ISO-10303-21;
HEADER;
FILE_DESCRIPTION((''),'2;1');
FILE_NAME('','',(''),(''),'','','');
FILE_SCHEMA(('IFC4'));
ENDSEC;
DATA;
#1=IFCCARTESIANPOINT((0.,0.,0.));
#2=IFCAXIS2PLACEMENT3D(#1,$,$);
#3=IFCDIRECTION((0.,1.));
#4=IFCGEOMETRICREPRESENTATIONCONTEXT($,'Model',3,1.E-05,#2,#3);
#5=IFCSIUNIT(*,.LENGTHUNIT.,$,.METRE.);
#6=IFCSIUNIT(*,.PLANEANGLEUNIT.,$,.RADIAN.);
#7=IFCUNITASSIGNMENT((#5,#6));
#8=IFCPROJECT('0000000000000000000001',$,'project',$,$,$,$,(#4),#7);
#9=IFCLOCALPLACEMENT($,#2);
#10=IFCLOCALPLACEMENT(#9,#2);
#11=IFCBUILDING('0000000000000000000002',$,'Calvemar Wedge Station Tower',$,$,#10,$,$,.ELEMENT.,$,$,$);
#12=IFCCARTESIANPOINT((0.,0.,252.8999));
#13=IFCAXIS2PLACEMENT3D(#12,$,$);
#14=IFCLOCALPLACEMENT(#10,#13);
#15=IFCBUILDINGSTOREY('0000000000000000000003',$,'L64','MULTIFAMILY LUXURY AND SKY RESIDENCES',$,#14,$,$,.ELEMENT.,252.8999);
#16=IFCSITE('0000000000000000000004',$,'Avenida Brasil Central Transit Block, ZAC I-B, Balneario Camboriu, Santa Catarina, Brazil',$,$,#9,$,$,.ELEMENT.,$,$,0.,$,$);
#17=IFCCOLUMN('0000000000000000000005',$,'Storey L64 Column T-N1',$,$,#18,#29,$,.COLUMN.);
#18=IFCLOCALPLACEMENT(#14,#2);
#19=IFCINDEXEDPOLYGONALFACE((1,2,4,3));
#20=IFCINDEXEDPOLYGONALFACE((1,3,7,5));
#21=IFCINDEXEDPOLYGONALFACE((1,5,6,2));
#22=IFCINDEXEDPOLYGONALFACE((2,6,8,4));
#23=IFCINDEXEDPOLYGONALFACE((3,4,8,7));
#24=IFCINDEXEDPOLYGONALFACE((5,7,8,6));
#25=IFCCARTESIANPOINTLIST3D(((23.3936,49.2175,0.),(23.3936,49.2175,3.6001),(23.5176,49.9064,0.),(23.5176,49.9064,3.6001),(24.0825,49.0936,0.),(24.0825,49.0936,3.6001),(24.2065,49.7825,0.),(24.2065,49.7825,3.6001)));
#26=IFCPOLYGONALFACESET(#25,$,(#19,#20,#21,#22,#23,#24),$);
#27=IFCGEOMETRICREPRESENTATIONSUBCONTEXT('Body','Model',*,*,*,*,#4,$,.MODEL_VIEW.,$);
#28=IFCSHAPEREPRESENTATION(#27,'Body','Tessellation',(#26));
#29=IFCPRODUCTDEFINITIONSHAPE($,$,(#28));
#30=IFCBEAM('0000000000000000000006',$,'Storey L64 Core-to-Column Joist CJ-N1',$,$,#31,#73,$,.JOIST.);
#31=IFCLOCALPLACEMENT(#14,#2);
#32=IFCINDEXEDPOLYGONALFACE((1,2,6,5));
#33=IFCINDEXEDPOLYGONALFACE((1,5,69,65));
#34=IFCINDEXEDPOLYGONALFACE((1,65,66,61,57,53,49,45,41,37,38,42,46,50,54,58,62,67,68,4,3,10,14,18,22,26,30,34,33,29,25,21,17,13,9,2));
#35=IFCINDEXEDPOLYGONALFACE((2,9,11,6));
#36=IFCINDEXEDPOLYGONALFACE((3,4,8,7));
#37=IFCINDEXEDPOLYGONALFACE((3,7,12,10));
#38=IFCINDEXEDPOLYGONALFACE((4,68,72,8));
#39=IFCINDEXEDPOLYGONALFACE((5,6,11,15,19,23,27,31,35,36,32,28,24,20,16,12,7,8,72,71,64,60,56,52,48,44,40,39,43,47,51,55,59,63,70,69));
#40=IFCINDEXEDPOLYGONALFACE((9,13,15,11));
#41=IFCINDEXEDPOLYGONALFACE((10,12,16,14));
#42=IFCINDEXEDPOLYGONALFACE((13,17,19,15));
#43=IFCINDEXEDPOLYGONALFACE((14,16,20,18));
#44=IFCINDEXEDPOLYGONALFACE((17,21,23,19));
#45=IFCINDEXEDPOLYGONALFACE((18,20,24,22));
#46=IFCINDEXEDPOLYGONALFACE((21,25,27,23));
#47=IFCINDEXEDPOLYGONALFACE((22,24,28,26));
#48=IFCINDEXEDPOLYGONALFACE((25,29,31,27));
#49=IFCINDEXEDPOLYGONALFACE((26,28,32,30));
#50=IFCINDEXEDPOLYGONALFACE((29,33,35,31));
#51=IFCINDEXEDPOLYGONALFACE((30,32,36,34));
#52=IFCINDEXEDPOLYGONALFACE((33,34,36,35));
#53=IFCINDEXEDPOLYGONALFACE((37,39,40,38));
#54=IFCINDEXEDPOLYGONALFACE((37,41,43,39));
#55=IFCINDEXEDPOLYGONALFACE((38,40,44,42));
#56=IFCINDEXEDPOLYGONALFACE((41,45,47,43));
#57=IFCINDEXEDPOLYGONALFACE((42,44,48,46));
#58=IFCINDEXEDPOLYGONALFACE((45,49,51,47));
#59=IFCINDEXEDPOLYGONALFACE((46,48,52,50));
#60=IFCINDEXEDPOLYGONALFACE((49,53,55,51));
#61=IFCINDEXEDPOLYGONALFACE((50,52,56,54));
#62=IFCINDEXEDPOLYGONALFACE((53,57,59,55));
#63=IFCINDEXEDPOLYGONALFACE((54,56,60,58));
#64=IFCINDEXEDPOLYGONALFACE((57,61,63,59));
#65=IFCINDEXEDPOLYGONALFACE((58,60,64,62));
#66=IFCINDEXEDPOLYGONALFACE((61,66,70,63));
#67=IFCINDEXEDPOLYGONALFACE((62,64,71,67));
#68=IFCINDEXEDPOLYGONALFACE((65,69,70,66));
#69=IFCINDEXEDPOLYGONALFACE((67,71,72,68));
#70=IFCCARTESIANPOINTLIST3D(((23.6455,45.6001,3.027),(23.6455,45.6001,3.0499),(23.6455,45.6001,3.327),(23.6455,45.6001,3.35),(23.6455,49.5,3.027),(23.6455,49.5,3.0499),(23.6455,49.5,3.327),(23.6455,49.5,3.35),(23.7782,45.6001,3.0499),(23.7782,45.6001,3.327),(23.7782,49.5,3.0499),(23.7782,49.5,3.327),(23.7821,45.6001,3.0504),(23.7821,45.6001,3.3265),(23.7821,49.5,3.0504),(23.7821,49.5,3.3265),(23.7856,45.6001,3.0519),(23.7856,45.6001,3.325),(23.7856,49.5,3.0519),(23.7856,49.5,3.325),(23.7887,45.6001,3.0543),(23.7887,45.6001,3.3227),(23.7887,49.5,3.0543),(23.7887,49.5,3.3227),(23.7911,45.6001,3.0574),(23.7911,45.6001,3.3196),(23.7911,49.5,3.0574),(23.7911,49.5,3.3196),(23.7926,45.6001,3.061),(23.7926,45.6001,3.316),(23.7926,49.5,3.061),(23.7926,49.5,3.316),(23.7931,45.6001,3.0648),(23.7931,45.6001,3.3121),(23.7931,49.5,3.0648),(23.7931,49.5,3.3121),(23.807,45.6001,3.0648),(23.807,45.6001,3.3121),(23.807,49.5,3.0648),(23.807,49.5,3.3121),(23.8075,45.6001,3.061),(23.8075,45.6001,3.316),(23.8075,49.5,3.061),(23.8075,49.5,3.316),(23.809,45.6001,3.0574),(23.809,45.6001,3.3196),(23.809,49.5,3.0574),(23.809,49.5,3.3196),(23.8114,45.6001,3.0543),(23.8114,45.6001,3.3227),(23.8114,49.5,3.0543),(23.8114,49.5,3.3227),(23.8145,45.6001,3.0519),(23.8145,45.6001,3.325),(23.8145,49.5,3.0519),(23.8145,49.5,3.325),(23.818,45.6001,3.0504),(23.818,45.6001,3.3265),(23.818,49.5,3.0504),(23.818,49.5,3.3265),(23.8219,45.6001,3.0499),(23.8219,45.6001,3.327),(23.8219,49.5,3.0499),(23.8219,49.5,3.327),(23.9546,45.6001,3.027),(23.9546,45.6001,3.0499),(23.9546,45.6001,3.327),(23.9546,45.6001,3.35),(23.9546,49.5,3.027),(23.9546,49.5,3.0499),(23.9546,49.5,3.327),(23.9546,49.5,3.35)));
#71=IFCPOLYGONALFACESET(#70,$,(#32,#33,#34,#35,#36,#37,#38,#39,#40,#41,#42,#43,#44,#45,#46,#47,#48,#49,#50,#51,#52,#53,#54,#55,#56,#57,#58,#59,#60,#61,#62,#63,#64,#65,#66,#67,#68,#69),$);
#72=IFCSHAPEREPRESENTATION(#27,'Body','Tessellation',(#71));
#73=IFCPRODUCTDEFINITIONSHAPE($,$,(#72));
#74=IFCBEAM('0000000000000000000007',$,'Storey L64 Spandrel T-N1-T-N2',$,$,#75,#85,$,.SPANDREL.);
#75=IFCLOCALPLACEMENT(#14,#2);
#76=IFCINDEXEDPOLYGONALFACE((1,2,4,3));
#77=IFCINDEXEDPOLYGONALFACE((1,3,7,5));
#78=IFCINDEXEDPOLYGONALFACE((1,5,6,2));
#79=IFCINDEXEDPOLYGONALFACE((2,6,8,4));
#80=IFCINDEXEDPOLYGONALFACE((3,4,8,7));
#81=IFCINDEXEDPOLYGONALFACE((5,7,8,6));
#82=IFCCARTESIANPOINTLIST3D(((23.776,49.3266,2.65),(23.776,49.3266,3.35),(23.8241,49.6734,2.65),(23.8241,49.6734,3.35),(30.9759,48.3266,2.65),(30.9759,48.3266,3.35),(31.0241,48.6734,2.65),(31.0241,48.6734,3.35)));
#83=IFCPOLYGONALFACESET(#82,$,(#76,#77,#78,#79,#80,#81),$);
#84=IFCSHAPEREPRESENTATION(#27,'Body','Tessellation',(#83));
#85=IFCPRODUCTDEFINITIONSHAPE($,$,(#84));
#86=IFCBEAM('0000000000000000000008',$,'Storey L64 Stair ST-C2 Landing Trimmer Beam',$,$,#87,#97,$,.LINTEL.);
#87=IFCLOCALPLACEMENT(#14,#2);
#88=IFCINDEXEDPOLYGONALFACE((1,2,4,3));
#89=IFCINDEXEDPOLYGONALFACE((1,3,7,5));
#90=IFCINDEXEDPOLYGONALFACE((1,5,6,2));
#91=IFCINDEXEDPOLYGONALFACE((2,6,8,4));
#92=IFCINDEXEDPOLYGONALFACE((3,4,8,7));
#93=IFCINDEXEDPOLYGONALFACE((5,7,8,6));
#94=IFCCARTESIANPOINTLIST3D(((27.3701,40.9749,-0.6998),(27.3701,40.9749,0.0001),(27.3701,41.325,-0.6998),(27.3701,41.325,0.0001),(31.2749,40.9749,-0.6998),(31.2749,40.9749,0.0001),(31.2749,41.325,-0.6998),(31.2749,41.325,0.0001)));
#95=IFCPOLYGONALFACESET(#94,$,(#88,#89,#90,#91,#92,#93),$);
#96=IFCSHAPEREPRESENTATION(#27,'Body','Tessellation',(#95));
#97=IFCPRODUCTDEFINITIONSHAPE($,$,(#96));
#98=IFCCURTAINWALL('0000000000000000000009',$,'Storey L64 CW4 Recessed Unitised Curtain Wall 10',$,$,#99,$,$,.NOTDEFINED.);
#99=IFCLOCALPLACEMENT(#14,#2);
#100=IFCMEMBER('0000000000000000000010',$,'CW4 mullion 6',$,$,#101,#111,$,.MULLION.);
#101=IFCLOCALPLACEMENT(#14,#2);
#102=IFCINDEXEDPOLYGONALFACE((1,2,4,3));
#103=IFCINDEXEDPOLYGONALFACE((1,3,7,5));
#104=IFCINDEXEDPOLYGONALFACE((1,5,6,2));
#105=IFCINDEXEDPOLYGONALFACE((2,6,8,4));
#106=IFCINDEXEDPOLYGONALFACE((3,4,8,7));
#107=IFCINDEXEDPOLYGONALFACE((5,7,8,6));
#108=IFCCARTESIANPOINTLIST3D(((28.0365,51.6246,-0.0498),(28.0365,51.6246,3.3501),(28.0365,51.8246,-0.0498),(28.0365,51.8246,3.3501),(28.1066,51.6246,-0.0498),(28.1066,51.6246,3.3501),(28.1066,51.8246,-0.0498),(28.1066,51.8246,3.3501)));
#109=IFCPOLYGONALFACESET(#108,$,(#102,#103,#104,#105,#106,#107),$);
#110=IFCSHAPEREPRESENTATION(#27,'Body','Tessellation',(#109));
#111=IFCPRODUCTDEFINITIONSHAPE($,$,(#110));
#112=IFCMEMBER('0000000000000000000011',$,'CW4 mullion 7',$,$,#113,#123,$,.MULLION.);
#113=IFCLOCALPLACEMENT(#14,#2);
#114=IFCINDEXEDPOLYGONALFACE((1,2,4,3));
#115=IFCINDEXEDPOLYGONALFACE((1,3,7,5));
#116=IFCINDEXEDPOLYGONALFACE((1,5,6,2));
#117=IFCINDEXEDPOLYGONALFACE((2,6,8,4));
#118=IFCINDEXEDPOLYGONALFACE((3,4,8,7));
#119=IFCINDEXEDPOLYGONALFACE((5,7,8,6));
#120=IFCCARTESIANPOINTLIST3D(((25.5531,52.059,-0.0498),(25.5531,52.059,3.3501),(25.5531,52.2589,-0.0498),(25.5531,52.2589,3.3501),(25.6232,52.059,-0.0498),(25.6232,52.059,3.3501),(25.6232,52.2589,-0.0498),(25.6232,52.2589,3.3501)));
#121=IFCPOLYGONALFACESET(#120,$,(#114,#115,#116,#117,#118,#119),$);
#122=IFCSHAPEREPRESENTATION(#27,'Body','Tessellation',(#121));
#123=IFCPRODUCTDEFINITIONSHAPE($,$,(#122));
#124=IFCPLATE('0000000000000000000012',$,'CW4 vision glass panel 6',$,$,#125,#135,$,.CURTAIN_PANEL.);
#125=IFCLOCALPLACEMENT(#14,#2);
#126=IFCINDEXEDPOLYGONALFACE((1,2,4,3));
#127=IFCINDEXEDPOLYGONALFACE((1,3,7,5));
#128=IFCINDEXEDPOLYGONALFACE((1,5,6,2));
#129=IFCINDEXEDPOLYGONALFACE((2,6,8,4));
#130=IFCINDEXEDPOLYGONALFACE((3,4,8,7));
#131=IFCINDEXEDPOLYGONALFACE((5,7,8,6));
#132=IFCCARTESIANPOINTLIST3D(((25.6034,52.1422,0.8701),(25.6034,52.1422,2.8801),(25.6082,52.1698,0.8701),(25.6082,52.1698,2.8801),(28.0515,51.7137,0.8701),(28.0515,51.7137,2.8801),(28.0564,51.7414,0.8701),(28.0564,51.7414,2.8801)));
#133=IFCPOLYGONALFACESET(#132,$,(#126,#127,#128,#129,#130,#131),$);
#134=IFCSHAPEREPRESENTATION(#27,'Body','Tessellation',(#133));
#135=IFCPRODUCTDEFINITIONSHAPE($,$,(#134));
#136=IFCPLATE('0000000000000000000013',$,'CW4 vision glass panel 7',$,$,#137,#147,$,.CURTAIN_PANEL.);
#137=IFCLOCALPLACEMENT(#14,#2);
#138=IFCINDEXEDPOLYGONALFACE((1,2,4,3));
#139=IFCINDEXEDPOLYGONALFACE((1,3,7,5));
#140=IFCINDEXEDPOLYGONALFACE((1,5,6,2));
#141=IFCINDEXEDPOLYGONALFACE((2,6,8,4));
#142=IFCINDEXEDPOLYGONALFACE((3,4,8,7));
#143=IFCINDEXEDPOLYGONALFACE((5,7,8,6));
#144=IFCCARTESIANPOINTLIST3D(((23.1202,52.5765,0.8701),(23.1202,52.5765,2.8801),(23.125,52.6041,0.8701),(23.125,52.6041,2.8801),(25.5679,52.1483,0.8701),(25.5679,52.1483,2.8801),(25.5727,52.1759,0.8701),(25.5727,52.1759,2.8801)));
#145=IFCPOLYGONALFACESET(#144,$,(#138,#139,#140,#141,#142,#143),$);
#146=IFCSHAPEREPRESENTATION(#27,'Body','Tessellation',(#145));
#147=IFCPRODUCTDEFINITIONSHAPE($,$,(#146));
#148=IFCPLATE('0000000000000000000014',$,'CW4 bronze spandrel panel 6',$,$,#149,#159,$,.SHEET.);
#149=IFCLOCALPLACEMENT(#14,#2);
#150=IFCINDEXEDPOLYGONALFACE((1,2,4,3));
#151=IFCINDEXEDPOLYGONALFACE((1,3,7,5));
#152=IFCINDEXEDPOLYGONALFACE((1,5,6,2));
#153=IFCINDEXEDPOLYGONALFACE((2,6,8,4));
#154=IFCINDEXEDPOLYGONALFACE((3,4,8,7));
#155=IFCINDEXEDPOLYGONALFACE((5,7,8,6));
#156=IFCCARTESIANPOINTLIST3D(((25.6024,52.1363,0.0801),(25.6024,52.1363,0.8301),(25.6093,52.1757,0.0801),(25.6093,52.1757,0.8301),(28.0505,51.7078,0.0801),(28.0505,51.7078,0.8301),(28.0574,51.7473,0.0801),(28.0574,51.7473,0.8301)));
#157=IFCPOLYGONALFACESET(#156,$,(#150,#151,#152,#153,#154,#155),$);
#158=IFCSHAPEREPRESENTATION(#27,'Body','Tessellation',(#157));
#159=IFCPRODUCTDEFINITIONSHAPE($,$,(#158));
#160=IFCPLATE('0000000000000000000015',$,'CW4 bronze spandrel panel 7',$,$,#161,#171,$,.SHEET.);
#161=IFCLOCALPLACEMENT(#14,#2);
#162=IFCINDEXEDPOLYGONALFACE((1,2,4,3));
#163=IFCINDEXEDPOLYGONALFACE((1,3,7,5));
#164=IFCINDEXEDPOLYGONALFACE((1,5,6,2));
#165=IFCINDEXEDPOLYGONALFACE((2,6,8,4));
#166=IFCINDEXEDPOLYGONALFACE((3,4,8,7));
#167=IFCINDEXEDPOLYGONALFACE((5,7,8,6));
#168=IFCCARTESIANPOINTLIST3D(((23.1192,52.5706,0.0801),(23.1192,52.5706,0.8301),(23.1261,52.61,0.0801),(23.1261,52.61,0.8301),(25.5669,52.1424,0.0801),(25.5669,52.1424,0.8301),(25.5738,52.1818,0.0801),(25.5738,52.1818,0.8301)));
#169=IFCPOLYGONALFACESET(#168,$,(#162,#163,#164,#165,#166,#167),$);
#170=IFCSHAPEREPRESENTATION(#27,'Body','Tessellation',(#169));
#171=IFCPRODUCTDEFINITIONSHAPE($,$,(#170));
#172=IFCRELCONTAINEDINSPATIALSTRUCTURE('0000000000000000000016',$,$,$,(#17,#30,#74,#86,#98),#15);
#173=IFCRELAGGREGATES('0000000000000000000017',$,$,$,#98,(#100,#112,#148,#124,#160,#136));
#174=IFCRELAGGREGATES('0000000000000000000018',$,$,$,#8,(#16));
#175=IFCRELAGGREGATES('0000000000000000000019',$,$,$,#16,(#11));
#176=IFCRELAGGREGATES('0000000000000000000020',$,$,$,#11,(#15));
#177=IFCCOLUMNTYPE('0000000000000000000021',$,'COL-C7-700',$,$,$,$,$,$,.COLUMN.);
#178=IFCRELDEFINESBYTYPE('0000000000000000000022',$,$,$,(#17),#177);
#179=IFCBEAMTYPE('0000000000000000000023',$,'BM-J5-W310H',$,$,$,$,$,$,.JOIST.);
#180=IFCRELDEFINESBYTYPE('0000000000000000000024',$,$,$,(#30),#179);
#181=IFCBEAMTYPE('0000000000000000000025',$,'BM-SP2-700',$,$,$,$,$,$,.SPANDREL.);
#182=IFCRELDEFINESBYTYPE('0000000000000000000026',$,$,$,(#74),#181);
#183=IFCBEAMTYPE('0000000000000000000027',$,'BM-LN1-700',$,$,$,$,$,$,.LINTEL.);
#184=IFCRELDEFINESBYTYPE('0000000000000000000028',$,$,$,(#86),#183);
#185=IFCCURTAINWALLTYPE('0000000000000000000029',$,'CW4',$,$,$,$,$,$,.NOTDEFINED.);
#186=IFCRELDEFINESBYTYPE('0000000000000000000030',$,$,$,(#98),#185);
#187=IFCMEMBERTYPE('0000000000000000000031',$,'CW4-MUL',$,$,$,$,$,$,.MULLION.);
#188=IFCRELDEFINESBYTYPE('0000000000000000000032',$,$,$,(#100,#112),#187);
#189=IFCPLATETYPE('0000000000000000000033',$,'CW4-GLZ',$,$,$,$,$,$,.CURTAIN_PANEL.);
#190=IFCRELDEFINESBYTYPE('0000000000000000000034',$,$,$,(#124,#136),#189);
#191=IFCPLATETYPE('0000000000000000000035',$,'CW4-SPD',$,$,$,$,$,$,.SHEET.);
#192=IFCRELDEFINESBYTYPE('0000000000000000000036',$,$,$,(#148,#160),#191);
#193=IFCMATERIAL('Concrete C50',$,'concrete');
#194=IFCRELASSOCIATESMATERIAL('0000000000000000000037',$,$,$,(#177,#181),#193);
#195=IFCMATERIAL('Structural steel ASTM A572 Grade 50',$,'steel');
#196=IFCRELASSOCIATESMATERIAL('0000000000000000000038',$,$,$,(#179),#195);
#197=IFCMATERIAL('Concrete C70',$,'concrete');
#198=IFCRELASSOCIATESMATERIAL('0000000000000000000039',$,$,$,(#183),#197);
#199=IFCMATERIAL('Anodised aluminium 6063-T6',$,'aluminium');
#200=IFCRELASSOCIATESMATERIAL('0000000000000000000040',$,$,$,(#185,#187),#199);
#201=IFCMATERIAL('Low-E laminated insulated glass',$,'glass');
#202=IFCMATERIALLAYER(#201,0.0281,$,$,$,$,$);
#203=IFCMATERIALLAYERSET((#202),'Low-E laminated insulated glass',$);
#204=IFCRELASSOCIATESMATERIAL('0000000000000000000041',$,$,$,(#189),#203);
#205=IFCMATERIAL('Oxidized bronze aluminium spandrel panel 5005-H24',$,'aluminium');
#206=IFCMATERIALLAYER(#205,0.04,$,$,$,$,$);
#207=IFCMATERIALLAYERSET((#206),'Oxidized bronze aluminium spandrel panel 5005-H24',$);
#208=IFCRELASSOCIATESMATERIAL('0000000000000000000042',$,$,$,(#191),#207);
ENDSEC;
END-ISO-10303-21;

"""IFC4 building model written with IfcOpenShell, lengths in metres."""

from ifc_helpers import new_model, si_unit, direction, frame, frame_2d, origin, origin_2d, place, context, subcontext, project, spatial, rectangle, i_section, extrude, source, transform, mapped, material, layer, layer_set, material_profile, profile_set, type_object, element, aggregate, save


model = new_model("IFC4")

# Units and contexts
model_context = context("Model", 3, precision=1e-05, world=origin(), true_north=direction((0.0, 1.0)))
body_context = subcontext(model_context, "Body", "Model", "MODEL_VIEW")
ifc_project = project(units=[si_unit("LENGTHUNIT", "METRE"), si_unit("PLANEANGLEUNIT", "RADIAN")], contexts=[model_context])

# Site, building, storey
site_placement = place(None, origin())
site = spatial("IfcSite", under=ifc_project, at=site_placement, Name="Avenida Brasil Central Transit Block, ZAC I-B, Balneario Camboriu, Santa Catarina, Brazil", CompositionType="ELEMENT", RefElevation=0.0)
building_placement = place(site_placement, origin())
building = spatial("IfcBuilding", under=site, at=building_placement, Name="Calvemar Wedge Station Tower", CompositionType="ELEMENT")
storey_placement = place(building_placement, frame((0.0, 0.0, 252.8999)))
storey = spatial("IfcBuildingStorey", under=building, at=storey_placement, Name="L64", Description="MULTIFAMILY LUXURY AND SKY RESIDENCES", CompositionType="ELEMENT", Elevation=252.8999)

# Column
ifc_material_1 = material(Name="Concrete C50", Category="concrete")
ifc_material_profile_1 = material_profile(ifc_material_1, rectangle(XDim=0.7, YDim=0.7, at=origin_2d()), Name="RC700x700")
ifc_profile_set_1 = profile_set([ifc_material_profile_1], Name="Concrete C50")
column_type = type_object("IfcColumnType", Name="COL-C7-700", PredefinedType="COLUMN", material=ifc_profile_set_1)
shared_shape_1 = source(origin(), body_context, "Body", "SweptSolid", [
    extrude(rectangle(XDim=0.7, YDim=0.7, at=origin_2d()), origin(), (0.0, 0.0, 1.0), 3.6001),
])
column_placement = place(storey_placement, frame((23.8, 49.5, 0.0), z_axis=(0.0, 0.0, 1.0), x_axis=(0.984196, -0.177085, 0.0)))
element("IfcColumn", 1, at=column_placement, inside=storey, type_object=column_type, Name="Storey L64 Column T-N1", PredefinedType="COLUMN", context=body_context, shape_type="MappedRepresentation", body=[
    mapped(shared_shape_1, transform((0.0, 0.0, 0.0), scale=1.0)),
])

# Beams
ifc_material_2 = material(Name="Structural steel ASTM A572 Grade 50", Category="steel")
ifc_material_profile_2 = material_profile(ifc_material_2, i_section(OverallWidth=0.3091, OverallDepth=0.323, WebThickness=0.0139, FlangeThickness=0.0229, FilletRadius=0.0149, at=origin_2d()), Name="W310x143")
ifc_profile_set_2 = profile_set([ifc_material_profile_2], Name="Structural steel ASTM A572 Grade 50")
beam_type_1 = type_object("IfcBeamType", Name="BM-J5-W310H", PredefinedType="JOIST", material=ifc_profile_set_2)
shared_shape_2 = source(origin(), body_context, "Body", "SweptSolid", [
    extrude(i_section(OverallWidth=0.3091, OverallDepth=0.323, WebThickness=0.0139, FlangeThickness=0.0229, FilletRadius=0.0149, at=origin_2d()), origin(), (0.0, 0.0, 1.0), 3.8999),
])
beam_1_placement = place(storey_placement, frame((23.8, 45.6001, 3.1885), z_axis=(0.0, 1.0, 0.0), x_axis=(-1.0, 0.0, 0.0)))
element("IfcBeam", 2, at=beam_1_placement, inside=storey, type_object=beam_type_1, Name="Storey L64 Core-to-Column Joist CJ-N1", PredefinedType="JOIST", context=body_context, shape_type="MappedRepresentation", body=[
    mapped(shared_shape_2, transform((0.0, 0.0, 0.0), scale=1.0)),
])
ifc_material_profile_3 = material_profile(ifc_material_1, rectangle(XDim=0.3501, YDim=0.7, at=origin_2d()), Name="RC350x700")
ifc_profile_set_3 = profile_set([ifc_material_profile_3], Name="Concrete C50")
beam_type_2 = type_object("IfcBeamType", Name="BM-SP2-700", PredefinedType="SPANDREL", material=ifc_profile_set_3)
shared_shape_3 = source(origin(), body_context, "Body", "SweptSolid", [
    extrude(rectangle(XDim=0.3501, YDim=0.7, at=origin_2d()), origin(), (0.0, 0.0, 1.0), 7.269),
])
beam_2_placement = place(storey_placement, frame((23.8, 49.5, 3.0), z_axis=(0.990492, -0.137569, 0.0), x_axis=(0.137569, 0.990492, 0.0)))
element("IfcBeam", 3, at=beam_2_placement, inside=storey, type_object=beam_type_2, Name="Storey L64 Spandrel T-N1-T-N2", PredefinedType="SPANDREL", context=body_context, shape_type="MappedRepresentation", body=[
    mapped(shared_shape_3, transform((0.0, 0.0, 0.0), scale=1.0)),
])
ifc_material_3 = material(Name="Concrete C70", Category="concrete")
ifc_material_profile_4 = material_profile(ifc_material_3, rectangle(XDim=0.3501, YDim=0.7, at=origin_2d()), Name="RC350x700")
ifc_profile_set_4 = profile_set([ifc_material_profile_4], Name="Concrete C70")
beam_type_3 = type_object("IfcBeamType", Name="BM-LN1-700", PredefinedType="LINTEL", material=ifc_profile_set_4)
shared_shape_4 = source(origin(), body_context, "Body", "SweptSolid", [
    extrude(rectangle(XDim=0.3501, YDim=0.7, at=origin_2d()), origin(), (0.0, 0.0, 1.0), 3.9048),
])
beam_3_placement = place(storey_placement, frame((27.3701, 41.1499, -0.3499), z_axis=(1.0, 0.0, 0.0), x_axis=(0.0, 1.0, 0.0)))
element("IfcBeam", 4, at=beam_3_placement, inside=storey, type_object=beam_type_3, Name="Storey L64 Stair ST-C2 Landing Trimmer Beam", PredefinedType="LINTEL", context=body_context, shape_type="MappedRepresentation", body=[
    mapped(shared_shape_4, transform((0.0, 0.0, 0.0), scale=1.0)),
])

# Curtain wall, members, plates
ifc_material_4 = material(Name="Anodised aluminium 6063-T6", Category="aluminium")
curtain_wall_type = type_object("IfcCurtainWallType", Name="CW4", PredefinedType="NOTDEFINED", material=ifc_material_4)
curtain_wall_placement = place(storey_placement, origin())
curtain_wall = element("IfcCurtainWall", 5, at=curtain_wall_placement, inside=storey, type_object=curtain_wall_type, Name="Storey L64 CW4 Recessed Unitised Curtain Wall 10", PredefinedType="NOTDEFINED")
ifc_material_profile_5 = material_profile(ifc_material_4, rectangle(XDim=0.0701, YDim=0.2, at=origin_2d()), Name="AL-MUL-70x200")
ifc_profile_set_5 = profile_set([ifc_material_profile_5], Name="Anodised aluminium 6063-T6")
member_type = type_object("IfcMemberType", Name="CW4-MUL", PredefinedType="MULLION", material=ifc_profile_set_5)
shared_shape_5 = source(origin(), body_context, "Body", "SweptSolid", [
    extrude(rectangle(XDim=0.0701, YDim=0.2, at=origin_2d()), origin(), (0.0, 0.0, 1.0), 3.3999),
])
member_1_placement = place(storey_placement, frame((28.0715, 51.7246, -0.0498), z_axis=(0.0, 0.0, 1.0), x_axis=(1.0, 0.0, 0.0)))
member_1 = element("IfcMember", 6, at=member_1_placement, type_object=member_type, Name="CW4 mullion 6", PredefinedType="MULLION", context=body_context, shape_type="MappedRepresentation", body=[
    mapped(shared_shape_5, transform((0.0, 0.0, 0.0), scale=1.0)),
])
member_2_placement = place(storey_placement, frame((25.5881, 52.1589, -0.0498), z_axis=(0.0, 0.0, 1.0), x_axis=(1.0, 0.0, 0.0)))
member_2 = element("IfcMember", 7, at=member_2_placement, type_object=member_type, Name="CW4 mullion 7", PredefinedType="MULLION", context=body_context, shape_type="MappedRepresentation", body=[
    mapped(shared_shape_5, transform((0.0, 0.0, 0.0), scale=1.0)),
])
ifc_material_5 = material(Name="Low-E laminated insulated glass", Category="glass")
ifc_layer_1 = layer(ifc_material_5, 0.0281)
ifc_layer_set_1 = layer_set([ifc_layer_1], Name="Low-E laminated insulated glass")
plate_type_1 = type_object("IfcPlateType", Name="CW4-GLZ", PredefinedType="CURTAIN_PANEL", material=ifc_layer_set_1)
plate_1_placement = place(storey_placement, frame((28.054, 51.7275, 0.8701), z_axis=(0.0, 0.0, 1.0), x_axis=(-0.985029, 0.17239, 0.0)))
plate_1 = element("IfcPlate", 8, at=plate_1_placement, type_object=plate_type_1, Name="CW4 vision glass panel 6", PredefinedType="CURTAIN_PANEL", context=body_context, shape_type="SweptSolid", body=[
    extrude(rectangle(XDim=2.4854, YDim=0.0281, at=frame_2d((1.2427, 0.0))), origin(), (0.0, 0.0, 1.0), 2.01),
])
plate_2_placement = place(storey_placement, frame((25.5703, 52.1621, 0.8701), z_axis=(0.0, 0.0, 1.0), x_axis=(-0.98504, 0.172328, 0.0)))
plate_2 = element("IfcPlate", 9, at=plate_2_placement, type_object=plate_type_1, Name="CW4 vision glass panel 7", PredefinedType="CURTAIN_PANEL", context=body_context, shape_type="SweptSolid", body=[
    extrude(rectangle(XDim=2.4849, YDim=0.0281, at=frame_2d((1.2424, 0.0))), origin(), (0.0, 0.0, 1.0), 2.01),
])
ifc_material_6 = material(Name="Oxidized bronze aluminium spandrel panel 5005-H24", Category="aluminium")
ifc_layer_2 = layer(ifc_material_6, 0.04)
ifc_layer_set_2 = layer_set([ifc_layer_2], Name="Oxidized bronze aluminium spandrel panel 5005-H24")
plate_type_2 = type_object("IfcPlateType", Name="CW4-SPD", PredefinedType="SHEET", material=ifc_layer_set_2)
plate_3_placement = place(storey_placement, frame((28.054, 51.7275, 0.0801), z_axis=(0.0, 0.0, 1.0), x_axis=(-0.985029, 0.17239, 0.0)))
plate_3 = element("IfcPlate", 10, at=plate_3_placement, type_object=plate_type_2, Name="CW4 bronze spandrel panel 6", PredefinedType="SHEET", context=body_context, shape_type="SweptSolid", body=[
    extrude(rectangle(XDim=2.4854, YDim=0.04, at=frame_2d((1.2427, 0.0))), origin(), (0.0, 0.0, 1.0), 0.75),
])
plate_4_placement = place(storey_placement, frame((25.5703, 52.1621, 0.0801), z_axis=(0.0, 0.0, 1.0), x_axis=(-0.98504, 0.172328, 0.0)))
plate_4 = element("IfcPlate", 11, at=plate_4_placement, type_object=plate_type_2, Name="CW4 bronze spandrel panel 7", PredefinedType="SHEET", context=body_context, shape_type="SweptSolid", body=[
    extrude(rectangle(XDim=2.4849, YDim=0.04, at=frame_2d((1.2424, 0.0))), origin(), (0.0, 0.0, 1.0), 0.75),
])
aggregate(curtain_wall, [member_1, member_2, plate_3, plate_1, plate_4, plate_2])

save(model, "model.ifc")
